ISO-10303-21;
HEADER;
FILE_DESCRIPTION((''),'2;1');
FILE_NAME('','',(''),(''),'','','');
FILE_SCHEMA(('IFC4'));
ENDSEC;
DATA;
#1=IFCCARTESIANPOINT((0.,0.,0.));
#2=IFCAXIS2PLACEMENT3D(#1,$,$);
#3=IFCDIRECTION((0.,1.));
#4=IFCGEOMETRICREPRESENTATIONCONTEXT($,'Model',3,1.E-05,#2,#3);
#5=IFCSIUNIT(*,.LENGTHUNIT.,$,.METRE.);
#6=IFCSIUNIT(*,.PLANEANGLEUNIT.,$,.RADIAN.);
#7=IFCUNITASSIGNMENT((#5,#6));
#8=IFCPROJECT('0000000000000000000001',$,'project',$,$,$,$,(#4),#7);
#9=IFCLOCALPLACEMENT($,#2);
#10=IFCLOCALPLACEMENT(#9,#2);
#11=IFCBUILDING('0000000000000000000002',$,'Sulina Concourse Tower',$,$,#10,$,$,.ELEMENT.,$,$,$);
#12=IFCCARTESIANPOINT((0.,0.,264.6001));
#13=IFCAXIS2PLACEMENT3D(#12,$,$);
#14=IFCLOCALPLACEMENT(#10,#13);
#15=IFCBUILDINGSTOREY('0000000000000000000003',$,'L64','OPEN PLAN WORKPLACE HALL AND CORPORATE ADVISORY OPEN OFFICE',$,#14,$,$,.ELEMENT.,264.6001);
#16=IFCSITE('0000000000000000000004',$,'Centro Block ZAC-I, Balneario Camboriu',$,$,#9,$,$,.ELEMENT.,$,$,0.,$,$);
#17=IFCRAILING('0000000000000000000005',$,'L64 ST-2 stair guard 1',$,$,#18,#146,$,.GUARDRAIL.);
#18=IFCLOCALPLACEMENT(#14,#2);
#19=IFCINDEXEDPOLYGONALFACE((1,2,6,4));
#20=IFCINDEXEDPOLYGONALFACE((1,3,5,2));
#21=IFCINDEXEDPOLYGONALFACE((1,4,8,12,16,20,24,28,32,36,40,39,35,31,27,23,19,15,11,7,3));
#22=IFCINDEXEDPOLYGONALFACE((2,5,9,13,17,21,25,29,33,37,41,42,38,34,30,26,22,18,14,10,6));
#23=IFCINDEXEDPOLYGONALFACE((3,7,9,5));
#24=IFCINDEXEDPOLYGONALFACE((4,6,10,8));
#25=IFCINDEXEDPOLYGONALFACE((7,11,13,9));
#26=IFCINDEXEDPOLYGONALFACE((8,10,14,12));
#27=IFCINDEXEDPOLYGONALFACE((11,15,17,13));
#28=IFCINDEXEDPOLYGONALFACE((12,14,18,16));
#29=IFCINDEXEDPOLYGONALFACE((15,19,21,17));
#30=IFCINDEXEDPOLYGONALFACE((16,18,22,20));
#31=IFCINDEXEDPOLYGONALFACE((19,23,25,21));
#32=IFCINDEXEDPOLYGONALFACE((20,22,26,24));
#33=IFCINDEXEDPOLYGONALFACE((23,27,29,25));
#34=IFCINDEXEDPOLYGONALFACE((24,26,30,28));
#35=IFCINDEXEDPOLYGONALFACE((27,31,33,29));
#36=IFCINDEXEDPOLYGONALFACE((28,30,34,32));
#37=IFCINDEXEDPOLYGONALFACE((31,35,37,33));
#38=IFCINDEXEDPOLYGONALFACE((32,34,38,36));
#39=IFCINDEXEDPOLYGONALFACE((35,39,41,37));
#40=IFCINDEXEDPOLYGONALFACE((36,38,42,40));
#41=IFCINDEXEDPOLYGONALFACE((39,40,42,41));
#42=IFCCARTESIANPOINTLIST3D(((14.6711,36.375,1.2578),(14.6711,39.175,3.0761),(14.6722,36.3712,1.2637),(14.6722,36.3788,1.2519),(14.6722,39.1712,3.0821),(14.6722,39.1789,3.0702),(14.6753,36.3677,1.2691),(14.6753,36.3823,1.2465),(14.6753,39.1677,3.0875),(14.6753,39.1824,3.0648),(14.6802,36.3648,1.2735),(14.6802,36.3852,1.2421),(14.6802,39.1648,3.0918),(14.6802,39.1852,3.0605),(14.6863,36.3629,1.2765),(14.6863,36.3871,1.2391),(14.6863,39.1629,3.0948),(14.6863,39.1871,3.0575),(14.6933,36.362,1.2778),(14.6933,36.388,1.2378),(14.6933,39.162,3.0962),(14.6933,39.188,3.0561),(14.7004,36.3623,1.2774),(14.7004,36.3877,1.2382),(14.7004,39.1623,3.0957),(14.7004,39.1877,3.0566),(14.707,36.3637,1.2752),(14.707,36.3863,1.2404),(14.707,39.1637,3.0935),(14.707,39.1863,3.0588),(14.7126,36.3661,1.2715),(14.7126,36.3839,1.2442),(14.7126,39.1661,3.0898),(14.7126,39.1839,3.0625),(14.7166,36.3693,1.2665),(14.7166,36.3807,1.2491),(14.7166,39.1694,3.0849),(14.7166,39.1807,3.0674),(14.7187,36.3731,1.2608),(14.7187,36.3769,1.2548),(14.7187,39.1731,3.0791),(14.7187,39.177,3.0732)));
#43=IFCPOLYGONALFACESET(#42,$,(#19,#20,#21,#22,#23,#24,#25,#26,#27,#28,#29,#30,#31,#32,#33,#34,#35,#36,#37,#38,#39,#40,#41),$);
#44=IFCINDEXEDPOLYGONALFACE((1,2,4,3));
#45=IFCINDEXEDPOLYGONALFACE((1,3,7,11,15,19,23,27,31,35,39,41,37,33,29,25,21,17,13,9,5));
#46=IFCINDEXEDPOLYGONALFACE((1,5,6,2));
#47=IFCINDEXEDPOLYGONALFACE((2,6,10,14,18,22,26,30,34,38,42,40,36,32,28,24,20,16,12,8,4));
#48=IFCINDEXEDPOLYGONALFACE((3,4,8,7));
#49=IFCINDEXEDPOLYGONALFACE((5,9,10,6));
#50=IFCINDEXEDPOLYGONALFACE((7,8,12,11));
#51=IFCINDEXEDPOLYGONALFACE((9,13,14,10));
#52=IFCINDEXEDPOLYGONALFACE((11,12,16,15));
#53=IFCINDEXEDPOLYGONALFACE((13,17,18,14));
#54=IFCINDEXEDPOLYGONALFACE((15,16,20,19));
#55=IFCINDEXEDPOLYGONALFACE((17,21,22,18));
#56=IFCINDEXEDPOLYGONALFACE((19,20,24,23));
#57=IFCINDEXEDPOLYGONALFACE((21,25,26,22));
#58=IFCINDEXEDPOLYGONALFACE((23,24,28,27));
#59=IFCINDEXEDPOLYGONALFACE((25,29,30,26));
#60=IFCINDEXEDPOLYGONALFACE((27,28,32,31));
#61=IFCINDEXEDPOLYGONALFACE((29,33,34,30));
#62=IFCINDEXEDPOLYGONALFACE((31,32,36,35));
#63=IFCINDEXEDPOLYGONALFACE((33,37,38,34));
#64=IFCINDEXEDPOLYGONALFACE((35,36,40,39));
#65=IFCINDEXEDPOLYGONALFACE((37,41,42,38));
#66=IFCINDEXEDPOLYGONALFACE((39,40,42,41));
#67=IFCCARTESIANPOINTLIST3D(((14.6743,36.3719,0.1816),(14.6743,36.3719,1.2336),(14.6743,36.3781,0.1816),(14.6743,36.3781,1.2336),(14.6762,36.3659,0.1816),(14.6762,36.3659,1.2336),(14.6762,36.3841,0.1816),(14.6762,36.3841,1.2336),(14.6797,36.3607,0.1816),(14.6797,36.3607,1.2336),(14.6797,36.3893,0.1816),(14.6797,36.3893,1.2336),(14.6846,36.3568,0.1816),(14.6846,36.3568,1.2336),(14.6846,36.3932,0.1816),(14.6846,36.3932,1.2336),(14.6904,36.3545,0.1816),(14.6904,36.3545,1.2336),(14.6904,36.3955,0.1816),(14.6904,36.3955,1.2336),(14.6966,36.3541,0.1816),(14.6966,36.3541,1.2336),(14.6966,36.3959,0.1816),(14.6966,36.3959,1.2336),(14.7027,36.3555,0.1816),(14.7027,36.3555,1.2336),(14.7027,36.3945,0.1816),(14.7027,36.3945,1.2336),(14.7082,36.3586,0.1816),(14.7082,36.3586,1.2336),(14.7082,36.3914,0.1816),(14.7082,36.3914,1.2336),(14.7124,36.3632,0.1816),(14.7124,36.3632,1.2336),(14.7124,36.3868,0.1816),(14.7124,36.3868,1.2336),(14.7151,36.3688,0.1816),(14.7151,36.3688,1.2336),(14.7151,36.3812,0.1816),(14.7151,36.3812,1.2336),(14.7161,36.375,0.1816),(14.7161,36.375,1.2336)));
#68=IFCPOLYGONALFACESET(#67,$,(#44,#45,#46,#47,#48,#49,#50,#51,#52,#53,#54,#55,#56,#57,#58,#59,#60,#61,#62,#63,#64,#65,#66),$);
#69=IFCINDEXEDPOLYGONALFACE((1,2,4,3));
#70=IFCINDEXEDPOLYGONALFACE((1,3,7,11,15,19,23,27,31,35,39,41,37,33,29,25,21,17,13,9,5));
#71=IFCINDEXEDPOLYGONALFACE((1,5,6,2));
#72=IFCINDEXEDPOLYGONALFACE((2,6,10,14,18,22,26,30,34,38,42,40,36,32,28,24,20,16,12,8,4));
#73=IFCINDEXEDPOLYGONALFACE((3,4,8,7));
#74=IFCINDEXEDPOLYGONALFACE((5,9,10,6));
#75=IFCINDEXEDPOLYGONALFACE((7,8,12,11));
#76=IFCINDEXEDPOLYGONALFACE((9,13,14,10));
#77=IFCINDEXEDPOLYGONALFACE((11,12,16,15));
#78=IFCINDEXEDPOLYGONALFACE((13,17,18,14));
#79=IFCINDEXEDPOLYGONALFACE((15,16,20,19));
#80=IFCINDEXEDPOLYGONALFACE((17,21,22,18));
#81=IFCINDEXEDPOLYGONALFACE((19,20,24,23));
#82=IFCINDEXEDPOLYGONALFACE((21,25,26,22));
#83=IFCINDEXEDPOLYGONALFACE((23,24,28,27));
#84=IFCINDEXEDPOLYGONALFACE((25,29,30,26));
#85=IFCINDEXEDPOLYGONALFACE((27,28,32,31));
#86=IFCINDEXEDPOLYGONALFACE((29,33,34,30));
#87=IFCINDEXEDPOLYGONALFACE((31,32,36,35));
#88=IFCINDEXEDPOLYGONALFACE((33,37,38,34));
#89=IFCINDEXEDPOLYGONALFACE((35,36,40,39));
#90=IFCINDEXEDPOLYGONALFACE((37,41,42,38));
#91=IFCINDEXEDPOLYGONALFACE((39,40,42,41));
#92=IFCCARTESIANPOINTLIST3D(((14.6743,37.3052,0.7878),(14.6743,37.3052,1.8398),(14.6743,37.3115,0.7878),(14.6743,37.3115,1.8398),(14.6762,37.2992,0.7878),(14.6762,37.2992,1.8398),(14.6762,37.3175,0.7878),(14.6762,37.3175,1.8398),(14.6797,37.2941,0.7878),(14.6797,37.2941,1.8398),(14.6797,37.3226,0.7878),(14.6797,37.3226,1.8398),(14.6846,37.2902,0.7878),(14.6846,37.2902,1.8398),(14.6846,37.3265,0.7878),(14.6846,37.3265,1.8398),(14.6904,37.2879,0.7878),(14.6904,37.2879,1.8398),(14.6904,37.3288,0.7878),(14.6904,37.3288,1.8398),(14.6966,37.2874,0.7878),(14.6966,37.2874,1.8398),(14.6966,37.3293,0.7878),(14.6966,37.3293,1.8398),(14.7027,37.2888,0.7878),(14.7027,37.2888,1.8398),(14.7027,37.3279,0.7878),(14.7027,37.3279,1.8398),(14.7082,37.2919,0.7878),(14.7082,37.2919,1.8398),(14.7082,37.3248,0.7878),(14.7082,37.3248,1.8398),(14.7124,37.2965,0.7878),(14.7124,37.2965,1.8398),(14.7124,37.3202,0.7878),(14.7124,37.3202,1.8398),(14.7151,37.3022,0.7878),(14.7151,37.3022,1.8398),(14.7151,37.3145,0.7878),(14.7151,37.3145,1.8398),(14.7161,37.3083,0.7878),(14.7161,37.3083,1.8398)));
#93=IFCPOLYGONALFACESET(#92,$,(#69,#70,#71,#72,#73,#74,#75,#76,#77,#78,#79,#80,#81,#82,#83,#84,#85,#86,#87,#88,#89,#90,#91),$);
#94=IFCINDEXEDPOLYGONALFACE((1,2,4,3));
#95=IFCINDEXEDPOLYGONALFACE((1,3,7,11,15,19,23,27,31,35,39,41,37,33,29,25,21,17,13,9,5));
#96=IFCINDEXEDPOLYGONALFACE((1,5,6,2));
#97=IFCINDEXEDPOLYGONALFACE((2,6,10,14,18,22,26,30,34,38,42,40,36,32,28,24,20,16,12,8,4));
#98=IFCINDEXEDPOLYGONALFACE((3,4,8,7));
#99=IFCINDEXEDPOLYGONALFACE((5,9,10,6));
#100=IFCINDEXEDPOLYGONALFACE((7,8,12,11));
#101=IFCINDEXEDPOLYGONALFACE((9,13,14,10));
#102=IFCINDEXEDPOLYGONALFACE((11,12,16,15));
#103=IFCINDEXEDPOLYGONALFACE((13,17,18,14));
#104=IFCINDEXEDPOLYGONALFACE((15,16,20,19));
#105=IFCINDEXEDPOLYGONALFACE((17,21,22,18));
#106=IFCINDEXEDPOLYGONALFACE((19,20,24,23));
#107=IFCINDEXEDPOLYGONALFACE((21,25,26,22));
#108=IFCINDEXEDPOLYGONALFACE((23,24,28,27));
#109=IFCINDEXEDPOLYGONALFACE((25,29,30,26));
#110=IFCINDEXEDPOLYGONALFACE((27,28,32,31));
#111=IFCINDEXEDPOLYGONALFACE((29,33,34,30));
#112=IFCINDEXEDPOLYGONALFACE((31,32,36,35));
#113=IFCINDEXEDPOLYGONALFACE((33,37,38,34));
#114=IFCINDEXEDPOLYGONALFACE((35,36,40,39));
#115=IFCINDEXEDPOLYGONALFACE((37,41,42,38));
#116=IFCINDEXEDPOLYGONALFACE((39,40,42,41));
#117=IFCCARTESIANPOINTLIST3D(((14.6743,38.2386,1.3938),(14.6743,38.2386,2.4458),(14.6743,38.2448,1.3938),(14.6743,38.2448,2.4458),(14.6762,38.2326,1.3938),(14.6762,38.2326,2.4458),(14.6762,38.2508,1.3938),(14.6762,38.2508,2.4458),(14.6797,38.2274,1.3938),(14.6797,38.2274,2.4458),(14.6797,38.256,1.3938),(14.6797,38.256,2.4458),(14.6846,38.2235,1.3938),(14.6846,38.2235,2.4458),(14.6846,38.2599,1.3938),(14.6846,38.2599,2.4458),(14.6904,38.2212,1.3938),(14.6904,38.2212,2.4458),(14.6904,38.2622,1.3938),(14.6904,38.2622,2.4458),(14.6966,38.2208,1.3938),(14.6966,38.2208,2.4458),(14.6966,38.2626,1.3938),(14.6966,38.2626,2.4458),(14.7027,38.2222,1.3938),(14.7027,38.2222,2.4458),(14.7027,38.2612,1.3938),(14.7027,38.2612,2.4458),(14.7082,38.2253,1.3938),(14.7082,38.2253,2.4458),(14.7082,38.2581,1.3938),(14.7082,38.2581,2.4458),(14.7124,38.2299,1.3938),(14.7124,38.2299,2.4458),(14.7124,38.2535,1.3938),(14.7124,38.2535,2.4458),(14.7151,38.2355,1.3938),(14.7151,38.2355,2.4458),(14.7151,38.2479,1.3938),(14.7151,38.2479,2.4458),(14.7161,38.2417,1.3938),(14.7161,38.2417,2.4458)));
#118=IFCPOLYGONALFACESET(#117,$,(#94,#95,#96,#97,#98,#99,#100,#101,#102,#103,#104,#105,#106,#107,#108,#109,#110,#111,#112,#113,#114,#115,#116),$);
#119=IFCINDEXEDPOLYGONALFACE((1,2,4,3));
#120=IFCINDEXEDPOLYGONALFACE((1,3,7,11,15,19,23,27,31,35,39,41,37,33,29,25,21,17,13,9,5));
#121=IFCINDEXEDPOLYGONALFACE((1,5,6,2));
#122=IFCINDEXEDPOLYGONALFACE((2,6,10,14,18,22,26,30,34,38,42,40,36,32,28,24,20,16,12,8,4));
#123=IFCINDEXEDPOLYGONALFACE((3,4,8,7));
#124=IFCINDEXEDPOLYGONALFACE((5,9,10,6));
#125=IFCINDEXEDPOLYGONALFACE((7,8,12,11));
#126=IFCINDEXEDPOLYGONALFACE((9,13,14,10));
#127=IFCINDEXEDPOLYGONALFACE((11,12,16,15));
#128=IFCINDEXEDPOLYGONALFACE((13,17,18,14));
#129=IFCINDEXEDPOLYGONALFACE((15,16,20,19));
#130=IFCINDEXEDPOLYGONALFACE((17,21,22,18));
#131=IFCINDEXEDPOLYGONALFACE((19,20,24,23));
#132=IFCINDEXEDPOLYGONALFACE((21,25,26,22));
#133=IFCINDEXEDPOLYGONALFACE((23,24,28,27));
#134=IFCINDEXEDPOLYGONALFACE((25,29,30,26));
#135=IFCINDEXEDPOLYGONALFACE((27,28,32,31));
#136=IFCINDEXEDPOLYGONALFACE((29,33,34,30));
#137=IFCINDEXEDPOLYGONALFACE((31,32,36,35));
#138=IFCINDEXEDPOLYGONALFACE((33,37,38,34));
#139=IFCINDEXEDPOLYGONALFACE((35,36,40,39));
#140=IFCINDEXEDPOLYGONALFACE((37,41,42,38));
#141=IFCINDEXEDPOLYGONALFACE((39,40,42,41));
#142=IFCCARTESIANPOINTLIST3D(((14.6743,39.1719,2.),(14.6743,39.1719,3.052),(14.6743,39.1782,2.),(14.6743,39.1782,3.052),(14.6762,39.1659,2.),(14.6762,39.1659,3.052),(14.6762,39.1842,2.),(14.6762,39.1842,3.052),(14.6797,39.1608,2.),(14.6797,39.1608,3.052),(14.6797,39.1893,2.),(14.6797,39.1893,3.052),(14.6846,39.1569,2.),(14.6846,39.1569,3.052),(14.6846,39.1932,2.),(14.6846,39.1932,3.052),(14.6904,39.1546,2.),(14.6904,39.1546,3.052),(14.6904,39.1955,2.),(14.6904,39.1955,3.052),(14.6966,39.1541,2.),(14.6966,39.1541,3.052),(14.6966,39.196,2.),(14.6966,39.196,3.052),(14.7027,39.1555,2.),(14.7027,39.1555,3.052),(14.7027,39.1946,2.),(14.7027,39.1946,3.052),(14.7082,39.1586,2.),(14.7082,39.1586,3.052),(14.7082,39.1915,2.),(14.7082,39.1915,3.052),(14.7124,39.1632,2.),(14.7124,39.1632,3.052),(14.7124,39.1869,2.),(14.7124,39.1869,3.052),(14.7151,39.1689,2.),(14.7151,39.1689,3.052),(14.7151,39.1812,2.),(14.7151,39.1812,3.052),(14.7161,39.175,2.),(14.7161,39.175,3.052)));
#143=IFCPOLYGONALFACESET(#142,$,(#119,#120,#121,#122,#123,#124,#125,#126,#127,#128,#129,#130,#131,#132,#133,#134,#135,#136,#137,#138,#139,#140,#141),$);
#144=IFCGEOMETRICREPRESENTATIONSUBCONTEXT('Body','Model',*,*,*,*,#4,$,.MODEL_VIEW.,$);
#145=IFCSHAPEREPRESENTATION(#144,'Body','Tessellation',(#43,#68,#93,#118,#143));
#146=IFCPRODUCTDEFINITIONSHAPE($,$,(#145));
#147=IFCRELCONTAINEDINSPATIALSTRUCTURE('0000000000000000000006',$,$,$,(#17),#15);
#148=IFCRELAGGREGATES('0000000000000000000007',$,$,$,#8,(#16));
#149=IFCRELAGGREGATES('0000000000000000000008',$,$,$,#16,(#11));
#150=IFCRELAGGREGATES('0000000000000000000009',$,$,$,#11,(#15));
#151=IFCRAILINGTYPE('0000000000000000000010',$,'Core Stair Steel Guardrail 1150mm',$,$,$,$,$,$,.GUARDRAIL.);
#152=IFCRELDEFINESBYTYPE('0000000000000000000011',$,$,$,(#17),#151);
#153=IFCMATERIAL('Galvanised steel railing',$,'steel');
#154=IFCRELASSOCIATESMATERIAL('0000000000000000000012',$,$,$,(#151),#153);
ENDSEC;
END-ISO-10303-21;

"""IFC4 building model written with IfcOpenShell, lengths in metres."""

from ifc_helpers import new_model, si_unit, direction, frame, origin, origin_2d, place, context, subcontext, project, spatial, circle, extrude, material, type_object, element, save


model = new_model("IFC4")

# Units and contexts
model_context = context("Model", 3, precision=1e-05, world=origin(), true_north=direction((0.0, 1.0)))
body_context = subcontext(model_context, "Body", "Model", "MODEL_VIEW")
ifc_project = project(units=[si_unit("LENGTHUNIT", "METRE"), si_unit("PLANEANGLEUNIT", "RADIAN")], contexts=[model_context])

# Site, building, storey
site_placement = place(None, origin())
site = spatial("IfcSite", under=ifc_project, at=site_placement, Name="Centro Block ZAC-I, Balneario Camboriu", CompositionType="ELEMENT", RefElevation=0.0)
building_placement = place(site_placement, origin())
building = spatial("IfcBuilding", under=site, at=building_placement, Name="Sulina Concourse Tower", CompositionType="ELEMENT")
storey_placement = place(building_placement, frame((0.0, 0.0, 264.6001)))
storey = spatial("IfcBuildingStorey", under=building, at=storey_placement, Name="L64", Description="OPEN PLAN WORKPLACE HALL AND CORPORATE ADVISORY OPEN OFFICE", CompositionType="ELEMENT", Elevation=264.6001)

# Railing
ifc_material_1 = material(Name="Galvanised steel railing", Category="steel")
railing_type_1 = type_object("IfcRailingType", Name="Core Stair Steel Guardrail 1150mm", PredefinedType="GUARDRAIL", material=ifc_material_1)
railing_1_placement = place(storey_placement, frame((14.6951, 36.375, 0.1816)))
element("IfcRailing", 1, at=railing_1_placement, inside=storey, type_object=railing_type_1, Name="L64 ST-2 stair guard 1", PredefinedType="GUARDRAIL", context=body_context, shape_type="SweptSolid", body=[
    extrude(circle(Radius=0.0239, at=origin_2d()), frame((0.0, 0.0, 1.0762), z_axis=(0.0, 0.838672, 0.544636), x_axis=(-1.0, 0.0, 0.0)), (0.0, 0.0, 1.0), 3.3386),
    extrude(circle(Radius=0.021, at=origin_2d()), origin(), (0.0, 0.0, 1.0), 1.052),
    extrude(circle(Radius=0.021, at=origin_2d()), frame((0.0, 0.9333, 0.6062)), (0.0, 0.0, 1.0), 1.052),
    extrude(circle(Radius=0.021, at=origin_2d()), frame((0.0, 1.8667, 1.2122)), (0.0, 0.0, 1.0), 1.052),
    extrude(circle(Radius=0.021, at=origin_2d()), frame((0.0, 2.8, 1.8184)), (0.0, 0.0, 1.0), 1.052),
])

save(model, "model.ifc")
